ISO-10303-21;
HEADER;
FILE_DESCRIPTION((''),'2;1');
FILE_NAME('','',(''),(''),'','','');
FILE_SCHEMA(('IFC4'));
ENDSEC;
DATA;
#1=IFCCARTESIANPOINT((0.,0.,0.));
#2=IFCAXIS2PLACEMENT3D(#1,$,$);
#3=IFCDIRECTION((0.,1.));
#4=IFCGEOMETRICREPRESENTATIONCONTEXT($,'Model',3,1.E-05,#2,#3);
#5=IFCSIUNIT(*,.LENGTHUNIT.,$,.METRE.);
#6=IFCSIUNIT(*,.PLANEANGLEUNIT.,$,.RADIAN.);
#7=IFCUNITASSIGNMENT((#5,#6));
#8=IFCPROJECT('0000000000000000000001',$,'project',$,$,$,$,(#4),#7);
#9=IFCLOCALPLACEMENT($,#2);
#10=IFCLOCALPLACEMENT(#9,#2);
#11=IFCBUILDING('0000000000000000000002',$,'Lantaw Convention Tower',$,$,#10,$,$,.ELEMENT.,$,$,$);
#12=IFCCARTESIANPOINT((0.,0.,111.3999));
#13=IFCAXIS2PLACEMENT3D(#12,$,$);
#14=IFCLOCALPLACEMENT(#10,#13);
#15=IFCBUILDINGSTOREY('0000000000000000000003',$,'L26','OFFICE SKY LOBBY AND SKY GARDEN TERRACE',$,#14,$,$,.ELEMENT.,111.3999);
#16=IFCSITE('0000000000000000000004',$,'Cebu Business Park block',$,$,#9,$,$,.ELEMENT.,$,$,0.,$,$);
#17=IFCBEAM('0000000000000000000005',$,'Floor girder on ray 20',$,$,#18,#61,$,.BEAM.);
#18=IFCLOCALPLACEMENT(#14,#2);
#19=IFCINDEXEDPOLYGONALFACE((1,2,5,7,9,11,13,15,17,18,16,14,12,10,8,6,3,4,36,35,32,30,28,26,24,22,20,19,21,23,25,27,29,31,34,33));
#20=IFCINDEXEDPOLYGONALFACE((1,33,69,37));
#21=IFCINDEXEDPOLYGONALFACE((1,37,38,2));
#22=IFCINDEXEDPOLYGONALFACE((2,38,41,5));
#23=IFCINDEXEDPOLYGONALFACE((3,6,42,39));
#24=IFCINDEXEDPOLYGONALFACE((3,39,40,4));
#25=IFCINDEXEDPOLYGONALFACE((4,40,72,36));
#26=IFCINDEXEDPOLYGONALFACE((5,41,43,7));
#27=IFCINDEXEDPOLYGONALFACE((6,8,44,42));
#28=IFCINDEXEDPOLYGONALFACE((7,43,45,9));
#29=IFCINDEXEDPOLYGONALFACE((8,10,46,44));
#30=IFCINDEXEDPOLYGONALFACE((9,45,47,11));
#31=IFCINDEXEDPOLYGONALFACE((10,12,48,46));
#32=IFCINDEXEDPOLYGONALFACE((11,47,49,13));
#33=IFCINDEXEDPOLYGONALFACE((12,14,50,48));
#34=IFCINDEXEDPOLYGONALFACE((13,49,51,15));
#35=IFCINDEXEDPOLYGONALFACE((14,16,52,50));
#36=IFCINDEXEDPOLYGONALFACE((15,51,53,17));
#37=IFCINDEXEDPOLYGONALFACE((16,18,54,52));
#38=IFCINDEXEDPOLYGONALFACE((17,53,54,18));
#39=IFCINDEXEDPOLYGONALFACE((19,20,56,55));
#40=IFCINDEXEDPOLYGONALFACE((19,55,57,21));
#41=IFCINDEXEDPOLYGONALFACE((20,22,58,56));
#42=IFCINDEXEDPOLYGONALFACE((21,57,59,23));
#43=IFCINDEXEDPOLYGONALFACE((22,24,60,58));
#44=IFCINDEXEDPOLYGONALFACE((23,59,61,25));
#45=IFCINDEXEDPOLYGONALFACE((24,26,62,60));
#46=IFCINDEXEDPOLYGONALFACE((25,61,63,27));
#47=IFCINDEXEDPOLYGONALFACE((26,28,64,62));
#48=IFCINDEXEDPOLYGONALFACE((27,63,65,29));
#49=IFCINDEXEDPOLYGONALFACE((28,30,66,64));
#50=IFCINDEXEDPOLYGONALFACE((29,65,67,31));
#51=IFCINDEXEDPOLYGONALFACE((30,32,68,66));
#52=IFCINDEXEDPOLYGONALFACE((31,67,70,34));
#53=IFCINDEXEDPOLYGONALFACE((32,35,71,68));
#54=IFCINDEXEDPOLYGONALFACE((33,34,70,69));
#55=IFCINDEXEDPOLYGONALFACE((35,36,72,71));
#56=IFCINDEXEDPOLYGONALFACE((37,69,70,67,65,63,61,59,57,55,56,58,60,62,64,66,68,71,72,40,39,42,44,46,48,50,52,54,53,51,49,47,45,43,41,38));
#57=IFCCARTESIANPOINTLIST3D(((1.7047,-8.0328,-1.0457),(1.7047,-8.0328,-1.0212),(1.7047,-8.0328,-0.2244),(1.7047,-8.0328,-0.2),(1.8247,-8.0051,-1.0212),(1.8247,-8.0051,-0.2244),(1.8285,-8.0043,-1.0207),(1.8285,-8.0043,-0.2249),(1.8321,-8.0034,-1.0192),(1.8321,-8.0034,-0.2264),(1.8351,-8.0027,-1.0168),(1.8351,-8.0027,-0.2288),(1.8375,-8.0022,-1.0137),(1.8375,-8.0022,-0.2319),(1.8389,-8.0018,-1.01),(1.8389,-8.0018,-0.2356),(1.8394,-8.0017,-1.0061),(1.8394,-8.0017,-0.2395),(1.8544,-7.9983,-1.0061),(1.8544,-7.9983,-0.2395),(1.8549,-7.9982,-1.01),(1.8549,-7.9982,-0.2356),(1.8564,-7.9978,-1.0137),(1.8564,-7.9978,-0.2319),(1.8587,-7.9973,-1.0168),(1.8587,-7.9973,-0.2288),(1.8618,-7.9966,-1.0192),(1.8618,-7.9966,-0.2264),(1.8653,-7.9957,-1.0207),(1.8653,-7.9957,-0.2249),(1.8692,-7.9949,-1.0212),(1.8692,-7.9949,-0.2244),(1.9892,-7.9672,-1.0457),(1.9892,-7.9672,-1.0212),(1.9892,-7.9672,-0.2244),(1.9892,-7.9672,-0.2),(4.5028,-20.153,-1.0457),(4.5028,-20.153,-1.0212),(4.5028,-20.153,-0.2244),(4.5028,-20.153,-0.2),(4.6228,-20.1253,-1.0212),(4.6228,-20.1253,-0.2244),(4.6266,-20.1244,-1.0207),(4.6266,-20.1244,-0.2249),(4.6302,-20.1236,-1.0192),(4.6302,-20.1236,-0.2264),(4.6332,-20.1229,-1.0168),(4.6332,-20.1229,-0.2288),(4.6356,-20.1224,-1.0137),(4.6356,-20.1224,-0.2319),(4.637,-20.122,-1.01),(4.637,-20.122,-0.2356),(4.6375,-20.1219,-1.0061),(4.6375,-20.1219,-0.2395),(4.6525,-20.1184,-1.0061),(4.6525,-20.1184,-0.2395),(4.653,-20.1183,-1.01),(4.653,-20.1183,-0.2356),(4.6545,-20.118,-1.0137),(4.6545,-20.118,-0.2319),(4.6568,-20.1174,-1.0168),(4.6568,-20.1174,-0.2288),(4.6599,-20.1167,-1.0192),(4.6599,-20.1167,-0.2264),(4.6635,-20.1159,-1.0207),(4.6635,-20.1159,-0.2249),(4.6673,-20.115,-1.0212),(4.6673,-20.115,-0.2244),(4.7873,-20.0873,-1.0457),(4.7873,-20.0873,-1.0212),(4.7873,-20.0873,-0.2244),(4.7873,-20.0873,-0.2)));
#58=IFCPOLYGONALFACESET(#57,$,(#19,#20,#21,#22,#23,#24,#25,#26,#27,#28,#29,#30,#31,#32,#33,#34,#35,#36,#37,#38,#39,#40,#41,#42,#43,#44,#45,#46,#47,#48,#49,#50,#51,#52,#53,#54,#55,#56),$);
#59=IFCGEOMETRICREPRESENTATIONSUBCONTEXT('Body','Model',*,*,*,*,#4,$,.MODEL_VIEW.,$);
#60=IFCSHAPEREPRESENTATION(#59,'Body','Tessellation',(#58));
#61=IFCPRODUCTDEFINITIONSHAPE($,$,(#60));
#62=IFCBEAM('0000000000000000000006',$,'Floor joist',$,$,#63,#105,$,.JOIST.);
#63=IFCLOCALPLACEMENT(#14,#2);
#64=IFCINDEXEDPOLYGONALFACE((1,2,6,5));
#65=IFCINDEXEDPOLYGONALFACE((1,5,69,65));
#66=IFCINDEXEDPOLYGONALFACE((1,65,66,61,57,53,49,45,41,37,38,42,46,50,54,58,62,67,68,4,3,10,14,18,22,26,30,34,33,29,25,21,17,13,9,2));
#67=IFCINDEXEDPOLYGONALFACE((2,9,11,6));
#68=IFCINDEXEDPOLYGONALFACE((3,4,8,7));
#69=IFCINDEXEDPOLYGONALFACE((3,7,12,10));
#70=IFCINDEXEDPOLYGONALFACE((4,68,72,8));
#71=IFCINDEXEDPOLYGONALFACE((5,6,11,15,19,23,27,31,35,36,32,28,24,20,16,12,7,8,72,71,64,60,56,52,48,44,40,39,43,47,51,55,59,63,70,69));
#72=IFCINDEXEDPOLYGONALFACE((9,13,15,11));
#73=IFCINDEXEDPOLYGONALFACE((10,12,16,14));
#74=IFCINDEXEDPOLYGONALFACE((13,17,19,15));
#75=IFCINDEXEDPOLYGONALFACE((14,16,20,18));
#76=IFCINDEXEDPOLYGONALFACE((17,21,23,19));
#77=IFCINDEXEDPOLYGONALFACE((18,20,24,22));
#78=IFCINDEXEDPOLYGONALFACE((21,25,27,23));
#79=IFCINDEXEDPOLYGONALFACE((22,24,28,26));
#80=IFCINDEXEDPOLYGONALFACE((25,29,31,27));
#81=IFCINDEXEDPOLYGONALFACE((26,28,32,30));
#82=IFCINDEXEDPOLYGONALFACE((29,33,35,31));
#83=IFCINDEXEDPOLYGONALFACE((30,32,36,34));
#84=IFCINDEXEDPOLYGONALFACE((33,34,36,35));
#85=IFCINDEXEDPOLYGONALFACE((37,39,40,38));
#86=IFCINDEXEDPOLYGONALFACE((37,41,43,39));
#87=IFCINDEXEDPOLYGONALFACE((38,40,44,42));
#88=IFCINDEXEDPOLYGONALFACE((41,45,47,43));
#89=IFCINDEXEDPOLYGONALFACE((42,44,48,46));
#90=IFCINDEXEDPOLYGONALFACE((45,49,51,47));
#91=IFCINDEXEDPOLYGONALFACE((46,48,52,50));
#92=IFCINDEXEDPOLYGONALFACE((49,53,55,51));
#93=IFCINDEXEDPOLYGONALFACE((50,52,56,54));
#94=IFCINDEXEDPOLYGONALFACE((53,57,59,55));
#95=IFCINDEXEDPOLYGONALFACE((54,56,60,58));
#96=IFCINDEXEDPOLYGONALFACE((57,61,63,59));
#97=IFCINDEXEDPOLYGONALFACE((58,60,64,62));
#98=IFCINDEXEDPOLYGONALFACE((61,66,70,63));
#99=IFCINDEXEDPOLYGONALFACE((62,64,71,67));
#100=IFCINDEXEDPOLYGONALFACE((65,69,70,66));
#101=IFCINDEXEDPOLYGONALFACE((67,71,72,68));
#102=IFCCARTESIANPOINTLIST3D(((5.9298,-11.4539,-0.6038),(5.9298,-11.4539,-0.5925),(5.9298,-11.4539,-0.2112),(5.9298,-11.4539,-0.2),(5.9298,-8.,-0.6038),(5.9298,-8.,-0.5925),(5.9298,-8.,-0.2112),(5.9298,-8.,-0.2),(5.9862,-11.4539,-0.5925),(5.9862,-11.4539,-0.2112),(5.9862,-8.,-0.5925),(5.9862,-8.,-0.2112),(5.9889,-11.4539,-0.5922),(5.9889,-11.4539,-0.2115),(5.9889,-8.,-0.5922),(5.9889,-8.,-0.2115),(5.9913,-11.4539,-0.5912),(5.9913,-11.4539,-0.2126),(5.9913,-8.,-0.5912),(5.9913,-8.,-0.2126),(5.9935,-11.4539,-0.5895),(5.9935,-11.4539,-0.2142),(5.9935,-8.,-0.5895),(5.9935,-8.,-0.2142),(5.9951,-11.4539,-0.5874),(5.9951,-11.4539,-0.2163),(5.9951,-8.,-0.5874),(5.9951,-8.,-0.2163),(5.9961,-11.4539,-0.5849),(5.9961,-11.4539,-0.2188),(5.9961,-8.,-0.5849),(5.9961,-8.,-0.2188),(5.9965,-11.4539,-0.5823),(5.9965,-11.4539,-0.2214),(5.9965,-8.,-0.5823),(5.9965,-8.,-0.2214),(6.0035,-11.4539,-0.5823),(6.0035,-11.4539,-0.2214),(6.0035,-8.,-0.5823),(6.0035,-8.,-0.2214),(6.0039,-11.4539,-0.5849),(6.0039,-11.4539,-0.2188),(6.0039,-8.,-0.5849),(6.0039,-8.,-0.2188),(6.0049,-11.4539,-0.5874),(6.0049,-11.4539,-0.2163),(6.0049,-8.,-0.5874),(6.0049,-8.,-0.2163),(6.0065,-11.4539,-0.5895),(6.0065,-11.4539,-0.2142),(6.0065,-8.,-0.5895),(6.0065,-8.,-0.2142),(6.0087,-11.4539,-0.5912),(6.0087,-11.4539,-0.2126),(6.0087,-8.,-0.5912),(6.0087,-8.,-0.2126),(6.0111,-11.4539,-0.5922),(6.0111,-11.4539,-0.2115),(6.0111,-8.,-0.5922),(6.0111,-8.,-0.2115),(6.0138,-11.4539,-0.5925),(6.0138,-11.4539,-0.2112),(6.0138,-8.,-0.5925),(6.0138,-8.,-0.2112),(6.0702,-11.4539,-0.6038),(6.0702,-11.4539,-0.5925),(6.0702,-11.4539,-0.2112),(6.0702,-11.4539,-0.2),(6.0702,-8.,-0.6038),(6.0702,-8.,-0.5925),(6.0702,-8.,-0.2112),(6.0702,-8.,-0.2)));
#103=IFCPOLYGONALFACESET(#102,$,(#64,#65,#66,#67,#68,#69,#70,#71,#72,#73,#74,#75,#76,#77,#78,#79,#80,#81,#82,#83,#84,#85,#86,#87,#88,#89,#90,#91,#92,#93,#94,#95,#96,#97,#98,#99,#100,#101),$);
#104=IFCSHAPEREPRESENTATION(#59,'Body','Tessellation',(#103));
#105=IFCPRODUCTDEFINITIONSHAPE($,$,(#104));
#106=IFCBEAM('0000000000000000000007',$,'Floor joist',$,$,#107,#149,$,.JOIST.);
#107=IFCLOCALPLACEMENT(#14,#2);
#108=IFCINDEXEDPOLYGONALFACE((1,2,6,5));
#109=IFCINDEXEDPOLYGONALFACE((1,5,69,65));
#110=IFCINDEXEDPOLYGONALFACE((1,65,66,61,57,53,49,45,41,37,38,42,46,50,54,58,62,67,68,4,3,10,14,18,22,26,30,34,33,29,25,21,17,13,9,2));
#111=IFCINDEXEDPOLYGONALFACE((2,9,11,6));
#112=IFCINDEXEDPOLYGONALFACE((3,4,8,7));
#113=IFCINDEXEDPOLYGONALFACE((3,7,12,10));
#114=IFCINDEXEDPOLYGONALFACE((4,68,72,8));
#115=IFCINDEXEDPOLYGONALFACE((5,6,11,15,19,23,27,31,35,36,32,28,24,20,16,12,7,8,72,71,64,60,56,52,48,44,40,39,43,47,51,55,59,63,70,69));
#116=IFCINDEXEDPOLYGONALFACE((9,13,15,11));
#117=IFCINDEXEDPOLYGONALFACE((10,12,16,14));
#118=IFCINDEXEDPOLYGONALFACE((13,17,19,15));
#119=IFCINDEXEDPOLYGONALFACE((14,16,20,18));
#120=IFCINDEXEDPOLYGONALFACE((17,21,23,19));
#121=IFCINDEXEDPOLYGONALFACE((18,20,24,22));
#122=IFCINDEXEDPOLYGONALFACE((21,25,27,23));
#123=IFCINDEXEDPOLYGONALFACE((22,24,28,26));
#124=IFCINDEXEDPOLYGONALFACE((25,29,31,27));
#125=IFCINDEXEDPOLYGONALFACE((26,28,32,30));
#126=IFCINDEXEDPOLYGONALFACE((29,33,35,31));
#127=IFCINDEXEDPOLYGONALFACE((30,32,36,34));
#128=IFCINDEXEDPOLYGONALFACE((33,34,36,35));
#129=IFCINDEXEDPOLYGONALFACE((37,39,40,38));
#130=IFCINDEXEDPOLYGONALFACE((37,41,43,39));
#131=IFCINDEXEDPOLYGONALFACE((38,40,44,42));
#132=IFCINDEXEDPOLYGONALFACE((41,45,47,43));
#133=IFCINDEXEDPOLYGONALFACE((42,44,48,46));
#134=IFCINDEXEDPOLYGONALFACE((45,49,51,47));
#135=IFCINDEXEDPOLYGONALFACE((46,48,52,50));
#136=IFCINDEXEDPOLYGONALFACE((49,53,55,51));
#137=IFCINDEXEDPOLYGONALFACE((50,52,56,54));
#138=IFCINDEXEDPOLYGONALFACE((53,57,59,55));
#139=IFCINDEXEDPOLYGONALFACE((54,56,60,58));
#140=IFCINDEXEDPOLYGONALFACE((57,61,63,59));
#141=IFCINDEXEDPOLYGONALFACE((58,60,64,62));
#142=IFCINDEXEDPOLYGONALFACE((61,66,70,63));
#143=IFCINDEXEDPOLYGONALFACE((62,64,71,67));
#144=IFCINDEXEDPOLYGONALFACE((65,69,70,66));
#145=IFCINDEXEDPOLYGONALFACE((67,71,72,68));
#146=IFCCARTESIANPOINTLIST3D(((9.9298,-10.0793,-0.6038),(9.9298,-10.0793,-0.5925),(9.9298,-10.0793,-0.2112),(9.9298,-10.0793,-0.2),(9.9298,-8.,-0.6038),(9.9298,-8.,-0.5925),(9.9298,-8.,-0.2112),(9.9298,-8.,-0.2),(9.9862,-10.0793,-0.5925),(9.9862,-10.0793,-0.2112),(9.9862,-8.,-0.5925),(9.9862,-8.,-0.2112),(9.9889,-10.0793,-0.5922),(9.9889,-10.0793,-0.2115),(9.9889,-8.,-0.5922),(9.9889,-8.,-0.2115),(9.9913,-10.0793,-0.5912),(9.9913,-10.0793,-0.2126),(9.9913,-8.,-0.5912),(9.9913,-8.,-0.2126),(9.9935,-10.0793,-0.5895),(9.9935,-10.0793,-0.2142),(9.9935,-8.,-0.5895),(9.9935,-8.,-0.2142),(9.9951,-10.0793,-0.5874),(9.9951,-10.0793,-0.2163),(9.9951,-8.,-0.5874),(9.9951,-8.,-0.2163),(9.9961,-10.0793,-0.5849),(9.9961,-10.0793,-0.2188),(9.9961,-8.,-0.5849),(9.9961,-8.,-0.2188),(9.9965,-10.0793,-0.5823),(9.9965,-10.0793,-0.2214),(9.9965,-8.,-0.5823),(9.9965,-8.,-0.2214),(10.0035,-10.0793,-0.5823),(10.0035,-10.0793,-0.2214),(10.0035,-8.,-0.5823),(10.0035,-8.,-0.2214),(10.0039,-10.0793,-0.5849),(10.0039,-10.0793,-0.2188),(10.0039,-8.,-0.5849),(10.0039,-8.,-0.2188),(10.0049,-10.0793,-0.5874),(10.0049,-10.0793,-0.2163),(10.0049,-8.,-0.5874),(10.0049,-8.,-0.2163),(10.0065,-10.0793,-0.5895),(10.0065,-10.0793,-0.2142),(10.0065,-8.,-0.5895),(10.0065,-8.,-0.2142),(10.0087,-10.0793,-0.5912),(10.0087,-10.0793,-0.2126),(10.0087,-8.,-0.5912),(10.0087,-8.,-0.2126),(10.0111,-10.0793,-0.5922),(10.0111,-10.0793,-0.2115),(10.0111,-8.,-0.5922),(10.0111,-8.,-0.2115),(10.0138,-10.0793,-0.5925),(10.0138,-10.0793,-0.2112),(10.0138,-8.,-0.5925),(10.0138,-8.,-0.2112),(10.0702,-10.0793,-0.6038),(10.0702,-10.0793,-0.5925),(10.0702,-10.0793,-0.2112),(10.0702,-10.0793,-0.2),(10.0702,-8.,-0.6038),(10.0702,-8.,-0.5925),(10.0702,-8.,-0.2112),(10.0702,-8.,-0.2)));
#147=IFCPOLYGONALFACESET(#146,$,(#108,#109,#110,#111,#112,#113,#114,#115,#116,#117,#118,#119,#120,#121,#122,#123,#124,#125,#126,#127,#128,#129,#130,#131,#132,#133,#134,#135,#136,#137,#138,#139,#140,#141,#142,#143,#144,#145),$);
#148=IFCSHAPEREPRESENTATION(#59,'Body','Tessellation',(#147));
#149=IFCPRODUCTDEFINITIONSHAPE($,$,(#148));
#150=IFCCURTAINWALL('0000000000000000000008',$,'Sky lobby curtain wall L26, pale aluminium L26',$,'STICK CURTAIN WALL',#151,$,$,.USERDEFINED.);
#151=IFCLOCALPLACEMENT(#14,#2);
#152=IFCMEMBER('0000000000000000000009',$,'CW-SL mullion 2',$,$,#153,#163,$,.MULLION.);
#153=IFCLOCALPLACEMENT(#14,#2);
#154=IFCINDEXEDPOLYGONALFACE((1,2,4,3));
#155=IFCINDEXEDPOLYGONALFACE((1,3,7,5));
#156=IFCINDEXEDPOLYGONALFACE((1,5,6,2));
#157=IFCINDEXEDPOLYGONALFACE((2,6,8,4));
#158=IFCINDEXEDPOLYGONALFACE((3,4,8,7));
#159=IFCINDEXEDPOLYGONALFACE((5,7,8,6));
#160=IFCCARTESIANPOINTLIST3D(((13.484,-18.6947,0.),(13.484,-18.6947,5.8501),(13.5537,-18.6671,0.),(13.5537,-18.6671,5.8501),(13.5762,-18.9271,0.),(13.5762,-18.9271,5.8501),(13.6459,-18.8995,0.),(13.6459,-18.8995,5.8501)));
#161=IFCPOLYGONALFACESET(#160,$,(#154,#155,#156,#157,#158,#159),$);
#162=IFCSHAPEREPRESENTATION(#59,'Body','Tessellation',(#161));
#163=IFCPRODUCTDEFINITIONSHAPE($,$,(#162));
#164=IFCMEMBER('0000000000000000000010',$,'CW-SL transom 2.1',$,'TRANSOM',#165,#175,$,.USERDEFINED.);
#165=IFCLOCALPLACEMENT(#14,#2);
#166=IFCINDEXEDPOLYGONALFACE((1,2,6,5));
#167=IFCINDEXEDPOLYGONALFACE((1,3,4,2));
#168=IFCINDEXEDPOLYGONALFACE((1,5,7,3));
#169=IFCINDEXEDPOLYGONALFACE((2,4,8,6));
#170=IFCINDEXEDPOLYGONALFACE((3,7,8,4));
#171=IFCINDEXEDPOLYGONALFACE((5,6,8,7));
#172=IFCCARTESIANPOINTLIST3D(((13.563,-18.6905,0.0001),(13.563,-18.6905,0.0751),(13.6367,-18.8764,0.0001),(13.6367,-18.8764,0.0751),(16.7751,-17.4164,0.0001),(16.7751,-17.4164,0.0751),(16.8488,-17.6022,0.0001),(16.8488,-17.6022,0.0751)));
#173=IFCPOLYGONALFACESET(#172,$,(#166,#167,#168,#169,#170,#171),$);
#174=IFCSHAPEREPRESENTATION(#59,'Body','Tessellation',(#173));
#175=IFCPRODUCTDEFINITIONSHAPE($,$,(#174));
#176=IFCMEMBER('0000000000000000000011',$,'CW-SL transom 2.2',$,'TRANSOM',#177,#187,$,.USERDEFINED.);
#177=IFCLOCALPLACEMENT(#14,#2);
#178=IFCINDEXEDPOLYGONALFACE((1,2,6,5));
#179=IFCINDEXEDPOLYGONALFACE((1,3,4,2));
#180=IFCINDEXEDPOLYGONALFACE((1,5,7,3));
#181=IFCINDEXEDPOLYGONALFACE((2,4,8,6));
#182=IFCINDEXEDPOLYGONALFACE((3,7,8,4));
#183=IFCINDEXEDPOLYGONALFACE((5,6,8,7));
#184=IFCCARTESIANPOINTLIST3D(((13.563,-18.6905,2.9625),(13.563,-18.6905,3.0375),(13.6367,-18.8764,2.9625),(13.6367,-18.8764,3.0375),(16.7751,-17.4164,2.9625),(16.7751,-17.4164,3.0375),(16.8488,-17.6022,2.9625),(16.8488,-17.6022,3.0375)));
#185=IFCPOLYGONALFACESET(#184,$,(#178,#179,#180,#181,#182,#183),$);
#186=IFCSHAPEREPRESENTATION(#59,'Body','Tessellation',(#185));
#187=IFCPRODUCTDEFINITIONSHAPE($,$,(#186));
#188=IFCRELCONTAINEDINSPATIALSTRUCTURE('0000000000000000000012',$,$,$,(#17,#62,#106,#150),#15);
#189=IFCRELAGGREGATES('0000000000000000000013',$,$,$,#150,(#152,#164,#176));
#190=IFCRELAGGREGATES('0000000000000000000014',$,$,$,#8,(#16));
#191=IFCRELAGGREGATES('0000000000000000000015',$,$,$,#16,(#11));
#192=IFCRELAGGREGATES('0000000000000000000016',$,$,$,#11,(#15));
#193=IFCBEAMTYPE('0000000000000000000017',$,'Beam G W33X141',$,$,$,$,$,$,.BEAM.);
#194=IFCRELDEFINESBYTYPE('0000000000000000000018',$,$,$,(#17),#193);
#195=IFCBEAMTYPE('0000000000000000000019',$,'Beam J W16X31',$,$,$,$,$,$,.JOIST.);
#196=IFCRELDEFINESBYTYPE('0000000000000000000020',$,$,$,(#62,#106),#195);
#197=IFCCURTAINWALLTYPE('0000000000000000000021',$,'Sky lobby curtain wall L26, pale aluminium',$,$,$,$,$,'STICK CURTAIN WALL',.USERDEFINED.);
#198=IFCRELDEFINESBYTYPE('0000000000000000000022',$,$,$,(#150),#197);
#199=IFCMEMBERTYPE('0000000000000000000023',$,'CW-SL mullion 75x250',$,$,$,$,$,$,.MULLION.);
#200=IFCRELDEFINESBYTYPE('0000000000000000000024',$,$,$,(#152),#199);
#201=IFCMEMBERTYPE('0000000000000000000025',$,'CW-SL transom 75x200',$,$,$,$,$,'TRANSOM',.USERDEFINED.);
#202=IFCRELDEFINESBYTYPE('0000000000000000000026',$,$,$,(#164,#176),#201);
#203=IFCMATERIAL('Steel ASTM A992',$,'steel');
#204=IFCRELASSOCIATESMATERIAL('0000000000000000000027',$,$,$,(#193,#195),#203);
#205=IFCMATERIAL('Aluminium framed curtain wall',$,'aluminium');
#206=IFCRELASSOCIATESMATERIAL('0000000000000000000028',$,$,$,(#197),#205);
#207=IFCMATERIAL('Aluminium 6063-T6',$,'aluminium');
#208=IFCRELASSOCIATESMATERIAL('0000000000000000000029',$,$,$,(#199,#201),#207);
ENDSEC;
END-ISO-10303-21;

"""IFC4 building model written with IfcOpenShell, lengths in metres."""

from ifc_helpers import new_model, si_unit, direction, frame, origin, origin_2d, place, context, subcontext, project, spatial, rectangle, i_section, extrude, material, material_profile, profile_set, type_object, element, aggregate, save


model = new_model("IFC4")

# Units and contexts
model_context = context("Model", 3, precision=1e-05, world=origin(), true_north=direction((0.0, 1.0)))
body_context = subcontext(model_context, "Body", "Model", "MODEL_VIEW")
ifc_project = project(units=[si_unit("LENGTHUNIT", "METRE"), si_unit("PLANEANGLEUNIT", "RADIAN")], contexts=[model_context])

# Site, building, storey
site_placement = place(None, origin())
site = spatial("IfcSite", under=ifc_project, at=site_placement, Name="Cebu Business Park block", CompositionType="ELEMENT", RefElevation=0.0)
building_placement = place(site_placement, origin())
building = spatial("IfcBuilding", under=site, at=building_placement, Name="Lantaw Convention Tower", CompositionType="ELEMENT")
storey_placement = place(building_placement, frame((0.0, 0.0, 111.3999)))
storey = spatial("IfcBuildingStorey", under=building, at=storey_placement, Name="L26", Description="OFFICE SKY LOBBY AND SKY GARDEN TERRACE", CompositionType="ELEMENT", Elevation=111.3999)

# Beams
ifc_material_1 = material(Name="Steel ASTM A992", Category="steel")
ifc_material_profile_1 = material_profile(ifc_material_1, i_section(OverallWidth=0.292, OverallDepth=0.8457, WebThickness=0.0154, FlangeThickness=0.0244, FilletRadius=0.0151, at=origin_2d()), Name="W33X141")
ifc_profile_set_1 = profile_set([ifc_material_profile_1], Name="Steel ASTM A992")
beam_type_1 = type_object("IfcBeamType", Name="Beam G W33X141", PredefinedType="BEAM", material=ifc_profile_set_1)
beam_1_placement = place(storey_placement, frame((1.8469, -8.0, -0.6228), z_axis=(0.224947, -0.974371, 0.0), x_axis=(0.974371, 0.224947, 0.0)))
element("IfcBeam", 1, at=beam_1_placement, inside=storey, type_object=beam_type_1, Name="Floor girder on ray 20", PredefinedType="BEAM", context=body_context, shape_type="SweptSolid", body=[
    extrude(i_section(OverallWidth=0.292, OverallDepth=0.8457, WebThickness=0.0154, FlangeThickness=0.0244, FilletRadius=0.0151, at=origin_2d()), origin(), (0.0, 0.0, 1.0), 12.439),
])
ifc_material_profile_2 = material_profile(ifc_material_1, i_section(OverallWidth=0.1404, OverallDepth=0.4038, WebThickness=0.0071, FlangeThickness=0.0112, FilletRadius=0.0103, at=origin_2d()), Name="W16X31")
ifc_profile_set_2 = profile_set([ifc_material_profile_2], Name="Steel ASTM A992")
beam_type_2 = type_object("IfcBeamType", Name="Beam J W16X31", PredefinedType="JOIST", material=ifc_profile_set_2)
beam_2_placement = place(storey_placement, frame((6.0, -11.4539, -0.4019), z_axis=(0.0, 1.0, 0.0), x_axis=(-1.0, 0.0, 0.0)))
element("IfcBeam", 2, at=beam_2_placement, inside=storey, type_object=beam_type_2, Name="Floor joist", PredefinedType="JOIST", context=body_context, shape_type="SweptSolid", body=[
    extrude(i_section(OverallWidth=0.1404, OverallDepth=0.4038, WebThickness=0.0071, FlangeThickness=0.0112, FilletRadius=0.0103, at=origin_2d()), origin(), (0.0, 0.0, 1.0), 3.4539),
])
beam_3_placement = place(storey_placement, frame((10.0, -10.0793, -0.4019), z_axis=(0.0, 1.0, 0.0), x_axis=(-1.0, 0.0, 0.0)))
element("IfcBeam", 3, at=beam_3_placement, inside=storey, type_object=beam_type_2, Name="Floor joist", PredefinedType="JOIST", context=body_context, shape_type="SweptSolid", body=[
    extrude(i_section(OverallWidth=0.1404, OverallDepth=0.4038, WebThickness=0.0071, FlangeThickness=0.0112, FilletRadius=0.0103, at=origin_2d()), origin(), (0.0, 0.0, 1.0), 2.0793),
])

# Curtain wall, members
ifc_material_2 = material(Name="Aluminium framed curtain wall", Category="aluminium")
curtain_wall_type = type_object("IfcCurtainWallType", Name="Sky lobby curtain wall L26, pale aluminium", ElementType="STICK CURTAIN WALL", PredefinedType="USERDEFINED", material=ifc_material_2)
curtain_wall_placement = place(storey_placement, origin())
curtain_wall = element("IfcCurtainWall", 4, at=curtain_wall_placement, inside=storey, type_object=curtain_wall_type, Name="Sky lobby curtain wall L26, pale aluminium L26", ObjectType="STICK CURTAIN WALL", PredefinedType="USERDEFINED")
ifc_material_3 = material(Name="Aluminium 6063-T6", Category="aluminium")
ifc_material_profile_3 = material_profile(ifc_material_3, rectangle(XDim=0.25, YDim=0.075, at=origin_2d()), Name="CW-SL mullion 75x250")
ifc_profile_set_3 = profile_set([ifc_material_profile_3], Name="Aluminium 6063-T6")
member_type_1 = type_object("IfcMemberType", Name="CW-SL mullion 75x250", PredefinedType="MULLION", material=ifc_profile_set_3)
member_1_placement = place(storey_placement, frame((13.5649, -18.7971, 0.0), z_axis=(0.0, 0.0, 1.0), x_axis=(-0.368702, 0.929548, 0.0)))
member_1 = element("IfcMember", 5, at=member_1_placement, type_object=member_type_1, Name="CW-SL mullion 2", PredefinedType="MULLION", context=body_context, shape_type="SweptSolid", body=[
    extrude(rectangle(XDim=0.25, YDim=0.075, at=origin_2d()), origin(), (0.0, 0.0, 1.0), 5.8501),
])
ifc_material_profile_4 = material_profile(ifc_material_3, rectangle(XDim=0.2, YDim=0.075, at=origin_2d()), Name="CW-SL transom 75x200")
ifc_profile_set_4 = profile_set([ifc_material_profile_4], Name="Aluminium 6063-T6")
member_type_2 = type_object("IfcMemberType", Name="CW-SL transom 75x200", ElementType="TRANSOM", PredefinedType="USERDEFINED", material=ifc_profile_set_4)
member_2_placement = place(storey_placement, frame((13.5999, -18.7834, 0.0376), z_axis=(0.92954, 0.368722, 0.0), x_axis=(-0.368722, 0.92954, 0.0)))
member_2 = element("IfcMember", 6, at=member_2_placement, type_object=member_type_2, Name="CW-SL transom 2.1", ObjectType="TRANSOM", PredefinedType="USERDEFINED", context=body_context, shape_type="SweptSolid", body=[
    extrude(rectangle(XDim=0.2, YDim=0.075, at=origin_2d()), origin(), (0.0, 0.0, 1.0), 3.4556),
])
member_3_placement = place(storey_placement, frame((13.5999, -18.7834, 3.0), z_axis=(0.92954, 0.368722, 0.0), x_axis=(-0.368722, 0.92954, 0.0)))
member_3 = element("IfcMember", 7, at=member_3_placement, type_object=member_type_2, Name="CW-SL transom 2.2", ObjectType="TRANSOM", PredefinedType="USERDEFINED", context=body_context, shape_type="SweptSolid", body=[
    extrude(rectangle(XDim=0.2, YDim=0.075, at=origin_2d()), origin(), (0.0, 0.0, 1.0), 3.4556),
])
aggregate(curtain_wall, [member_1, member_2, member_3])

save(model, "model.ifc")
